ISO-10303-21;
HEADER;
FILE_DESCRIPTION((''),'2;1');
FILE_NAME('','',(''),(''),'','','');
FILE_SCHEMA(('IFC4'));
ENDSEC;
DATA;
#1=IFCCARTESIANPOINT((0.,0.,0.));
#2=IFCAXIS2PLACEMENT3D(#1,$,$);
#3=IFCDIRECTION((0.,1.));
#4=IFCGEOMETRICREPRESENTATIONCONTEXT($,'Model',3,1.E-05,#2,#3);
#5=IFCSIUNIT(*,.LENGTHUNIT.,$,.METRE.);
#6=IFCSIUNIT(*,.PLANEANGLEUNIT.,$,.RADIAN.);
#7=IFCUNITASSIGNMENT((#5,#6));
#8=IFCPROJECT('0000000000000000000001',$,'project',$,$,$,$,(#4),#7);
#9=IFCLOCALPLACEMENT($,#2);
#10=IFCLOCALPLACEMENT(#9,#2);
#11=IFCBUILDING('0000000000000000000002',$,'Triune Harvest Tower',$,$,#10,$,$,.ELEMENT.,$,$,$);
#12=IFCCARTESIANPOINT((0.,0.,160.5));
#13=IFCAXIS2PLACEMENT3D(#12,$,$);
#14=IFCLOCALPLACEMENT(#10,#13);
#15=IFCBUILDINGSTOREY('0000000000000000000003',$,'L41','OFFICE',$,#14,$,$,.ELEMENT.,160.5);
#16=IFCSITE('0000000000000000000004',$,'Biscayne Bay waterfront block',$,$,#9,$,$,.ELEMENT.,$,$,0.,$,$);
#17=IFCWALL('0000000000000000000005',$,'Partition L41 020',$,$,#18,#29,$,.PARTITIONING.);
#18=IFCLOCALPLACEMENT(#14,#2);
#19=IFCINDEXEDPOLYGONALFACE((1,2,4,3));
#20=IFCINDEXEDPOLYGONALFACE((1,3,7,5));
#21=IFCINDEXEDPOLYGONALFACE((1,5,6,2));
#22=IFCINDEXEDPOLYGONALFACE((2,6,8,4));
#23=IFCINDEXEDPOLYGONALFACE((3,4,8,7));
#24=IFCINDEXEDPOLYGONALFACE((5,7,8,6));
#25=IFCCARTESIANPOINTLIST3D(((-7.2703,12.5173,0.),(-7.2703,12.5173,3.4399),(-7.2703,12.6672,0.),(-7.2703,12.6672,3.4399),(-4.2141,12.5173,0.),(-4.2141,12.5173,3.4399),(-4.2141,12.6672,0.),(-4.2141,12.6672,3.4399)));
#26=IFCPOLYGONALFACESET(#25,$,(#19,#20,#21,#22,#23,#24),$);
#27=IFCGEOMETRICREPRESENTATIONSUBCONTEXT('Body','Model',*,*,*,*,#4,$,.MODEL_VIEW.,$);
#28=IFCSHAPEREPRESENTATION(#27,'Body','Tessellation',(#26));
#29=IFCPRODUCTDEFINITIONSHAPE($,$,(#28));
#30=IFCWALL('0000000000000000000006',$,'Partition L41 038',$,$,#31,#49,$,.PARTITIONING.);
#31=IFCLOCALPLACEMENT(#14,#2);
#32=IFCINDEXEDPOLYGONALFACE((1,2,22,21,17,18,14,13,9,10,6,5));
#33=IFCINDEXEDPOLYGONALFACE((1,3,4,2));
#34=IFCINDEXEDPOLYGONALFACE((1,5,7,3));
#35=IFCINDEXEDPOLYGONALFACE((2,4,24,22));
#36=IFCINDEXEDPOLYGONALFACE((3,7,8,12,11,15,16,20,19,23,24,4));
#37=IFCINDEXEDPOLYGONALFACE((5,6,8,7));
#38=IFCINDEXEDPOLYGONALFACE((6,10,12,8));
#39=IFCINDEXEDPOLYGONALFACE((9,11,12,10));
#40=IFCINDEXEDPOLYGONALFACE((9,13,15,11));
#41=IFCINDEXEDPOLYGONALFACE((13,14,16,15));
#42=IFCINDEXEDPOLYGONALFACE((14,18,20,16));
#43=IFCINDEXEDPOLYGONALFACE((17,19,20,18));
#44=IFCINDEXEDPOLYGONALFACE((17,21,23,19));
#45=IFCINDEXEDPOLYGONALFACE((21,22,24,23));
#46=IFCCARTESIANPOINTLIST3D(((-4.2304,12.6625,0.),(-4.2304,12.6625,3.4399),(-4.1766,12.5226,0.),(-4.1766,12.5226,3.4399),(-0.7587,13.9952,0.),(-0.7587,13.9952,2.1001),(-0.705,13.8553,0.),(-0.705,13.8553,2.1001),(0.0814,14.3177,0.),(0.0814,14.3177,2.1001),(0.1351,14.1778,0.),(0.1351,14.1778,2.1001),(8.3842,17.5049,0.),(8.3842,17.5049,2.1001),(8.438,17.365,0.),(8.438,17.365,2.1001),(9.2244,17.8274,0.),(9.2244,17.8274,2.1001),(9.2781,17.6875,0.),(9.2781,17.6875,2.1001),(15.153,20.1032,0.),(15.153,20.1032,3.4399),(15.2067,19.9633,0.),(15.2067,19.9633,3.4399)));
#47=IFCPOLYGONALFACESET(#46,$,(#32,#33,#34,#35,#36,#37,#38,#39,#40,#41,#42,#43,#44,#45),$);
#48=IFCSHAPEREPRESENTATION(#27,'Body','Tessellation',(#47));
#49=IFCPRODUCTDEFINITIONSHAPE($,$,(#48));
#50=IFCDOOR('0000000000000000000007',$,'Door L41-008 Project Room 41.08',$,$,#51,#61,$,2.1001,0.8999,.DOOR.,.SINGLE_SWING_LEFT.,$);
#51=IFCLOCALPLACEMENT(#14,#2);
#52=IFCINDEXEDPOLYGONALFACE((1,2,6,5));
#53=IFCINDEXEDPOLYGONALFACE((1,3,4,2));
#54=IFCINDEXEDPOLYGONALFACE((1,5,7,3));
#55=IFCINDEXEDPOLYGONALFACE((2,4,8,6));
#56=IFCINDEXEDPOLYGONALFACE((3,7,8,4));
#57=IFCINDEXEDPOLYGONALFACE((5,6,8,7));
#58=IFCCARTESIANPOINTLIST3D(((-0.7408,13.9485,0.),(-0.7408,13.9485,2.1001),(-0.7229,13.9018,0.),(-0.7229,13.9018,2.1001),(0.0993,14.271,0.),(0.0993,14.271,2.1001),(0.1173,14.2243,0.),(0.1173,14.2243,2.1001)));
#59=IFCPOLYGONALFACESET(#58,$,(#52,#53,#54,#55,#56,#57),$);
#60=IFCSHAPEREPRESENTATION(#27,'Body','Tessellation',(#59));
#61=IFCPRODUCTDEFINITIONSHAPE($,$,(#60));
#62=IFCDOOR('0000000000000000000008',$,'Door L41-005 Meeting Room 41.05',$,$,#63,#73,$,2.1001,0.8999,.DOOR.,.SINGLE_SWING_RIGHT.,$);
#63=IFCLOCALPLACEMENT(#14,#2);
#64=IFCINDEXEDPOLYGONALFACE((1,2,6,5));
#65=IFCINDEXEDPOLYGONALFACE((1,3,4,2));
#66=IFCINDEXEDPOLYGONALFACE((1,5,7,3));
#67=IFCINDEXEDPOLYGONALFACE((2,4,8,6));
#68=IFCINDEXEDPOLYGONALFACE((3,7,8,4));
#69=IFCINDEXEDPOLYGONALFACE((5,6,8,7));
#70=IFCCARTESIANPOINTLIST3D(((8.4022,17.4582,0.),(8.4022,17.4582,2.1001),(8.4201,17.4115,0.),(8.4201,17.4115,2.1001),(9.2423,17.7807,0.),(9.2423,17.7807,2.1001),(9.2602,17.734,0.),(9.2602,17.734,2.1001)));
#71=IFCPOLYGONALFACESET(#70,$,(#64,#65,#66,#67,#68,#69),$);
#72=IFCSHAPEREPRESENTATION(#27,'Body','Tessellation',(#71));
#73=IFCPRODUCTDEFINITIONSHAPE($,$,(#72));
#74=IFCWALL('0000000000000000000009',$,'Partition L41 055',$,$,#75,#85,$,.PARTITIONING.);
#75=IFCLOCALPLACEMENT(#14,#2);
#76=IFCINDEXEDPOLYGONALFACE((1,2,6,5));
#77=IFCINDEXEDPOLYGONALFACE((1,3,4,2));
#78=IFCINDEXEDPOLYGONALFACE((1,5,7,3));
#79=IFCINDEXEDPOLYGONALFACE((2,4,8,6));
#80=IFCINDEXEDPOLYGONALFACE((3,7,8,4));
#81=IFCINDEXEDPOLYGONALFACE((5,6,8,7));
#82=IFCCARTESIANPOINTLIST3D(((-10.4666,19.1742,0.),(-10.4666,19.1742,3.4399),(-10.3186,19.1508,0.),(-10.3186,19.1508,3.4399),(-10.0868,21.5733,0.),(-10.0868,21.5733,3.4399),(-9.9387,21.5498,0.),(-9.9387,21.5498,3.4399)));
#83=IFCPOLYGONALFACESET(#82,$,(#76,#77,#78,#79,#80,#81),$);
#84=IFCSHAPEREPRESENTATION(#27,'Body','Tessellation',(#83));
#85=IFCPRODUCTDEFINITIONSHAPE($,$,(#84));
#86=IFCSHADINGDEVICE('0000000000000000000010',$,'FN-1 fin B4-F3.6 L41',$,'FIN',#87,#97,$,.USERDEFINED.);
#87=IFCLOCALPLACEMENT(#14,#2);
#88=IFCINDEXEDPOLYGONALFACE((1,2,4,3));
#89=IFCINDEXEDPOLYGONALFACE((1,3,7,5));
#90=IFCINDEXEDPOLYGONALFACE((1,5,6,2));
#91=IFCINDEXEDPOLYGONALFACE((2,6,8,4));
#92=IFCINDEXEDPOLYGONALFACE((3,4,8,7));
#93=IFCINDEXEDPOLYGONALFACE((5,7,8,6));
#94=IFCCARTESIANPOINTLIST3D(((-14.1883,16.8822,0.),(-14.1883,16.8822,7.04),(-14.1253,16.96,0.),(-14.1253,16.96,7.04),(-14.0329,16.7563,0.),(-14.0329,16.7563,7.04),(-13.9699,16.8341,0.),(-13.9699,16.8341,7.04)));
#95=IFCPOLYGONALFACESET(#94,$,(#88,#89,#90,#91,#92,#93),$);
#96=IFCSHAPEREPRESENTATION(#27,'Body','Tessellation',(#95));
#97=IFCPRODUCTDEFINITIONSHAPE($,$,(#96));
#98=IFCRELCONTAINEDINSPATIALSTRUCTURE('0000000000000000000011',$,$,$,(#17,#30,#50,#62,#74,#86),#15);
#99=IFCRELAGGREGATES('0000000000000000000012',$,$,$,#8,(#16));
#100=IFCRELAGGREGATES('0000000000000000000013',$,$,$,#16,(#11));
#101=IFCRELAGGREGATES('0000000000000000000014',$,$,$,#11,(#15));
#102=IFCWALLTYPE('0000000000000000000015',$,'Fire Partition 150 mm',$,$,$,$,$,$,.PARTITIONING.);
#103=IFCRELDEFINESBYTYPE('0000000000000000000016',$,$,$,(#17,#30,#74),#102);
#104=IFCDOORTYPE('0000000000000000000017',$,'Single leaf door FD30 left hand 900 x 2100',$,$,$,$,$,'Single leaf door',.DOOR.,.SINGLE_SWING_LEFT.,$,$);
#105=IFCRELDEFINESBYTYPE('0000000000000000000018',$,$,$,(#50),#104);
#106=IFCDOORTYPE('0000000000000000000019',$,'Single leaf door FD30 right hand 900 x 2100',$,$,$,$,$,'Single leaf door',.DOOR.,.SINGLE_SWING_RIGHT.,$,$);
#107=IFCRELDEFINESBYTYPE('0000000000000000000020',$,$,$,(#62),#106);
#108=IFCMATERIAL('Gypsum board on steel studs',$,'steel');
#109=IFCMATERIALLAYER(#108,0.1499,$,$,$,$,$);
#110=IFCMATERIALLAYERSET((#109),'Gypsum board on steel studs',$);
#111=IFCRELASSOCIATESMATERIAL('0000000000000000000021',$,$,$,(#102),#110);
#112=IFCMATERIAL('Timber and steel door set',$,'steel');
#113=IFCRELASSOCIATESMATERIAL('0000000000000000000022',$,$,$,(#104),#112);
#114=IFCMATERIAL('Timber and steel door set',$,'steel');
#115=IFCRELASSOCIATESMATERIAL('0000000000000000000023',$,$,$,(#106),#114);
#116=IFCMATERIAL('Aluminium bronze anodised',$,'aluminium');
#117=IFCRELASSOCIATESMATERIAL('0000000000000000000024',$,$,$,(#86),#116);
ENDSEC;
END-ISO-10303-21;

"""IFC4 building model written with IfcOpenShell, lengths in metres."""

from ifc_helpers import new_model, si_unit, direction, frame, frame_2d, origin, origin_2d, place, context, subcontext, project, spatial, rectangle, extrude, source, transform, mapped, material, layer, layer_set, type_object, element, fill, save


model = new_model("IFC4")

# Units and contexts
model_context = context("Model", 3, precision=1e-05, world=origin(), true_north=direction((0.0, 1.0)))
body_context = subcontext(model_context, "Body", "Model", "MODEL_VIEW")
ifc_project = project(units=[si_unit("LENGTHUNIT", "METRE"), si_unit("PLANEANGLEUNIT", "RADIAN")], contexts=[model_context])

# Site, building, storey
site_placement = place(None, origin())
site = spatial("IfcSite", under=ifc_project, at=site_placement, Name="Biscayne Bay waterfront block", CompositionType="ELEMENT", RefElevation=0.0)
building_placement = place(site_placement, origin())
building = spatial("IfcBuilding", under=site, at=building_placement, Name="Triune Harvest Tower", CompositionType="ELEMENT")
storey_placement = place(building_placement, frame((0.0, 0.0, 160.5)))
storey = spatial("IfcBuildingStorey", under=building, at=storey_placement, Name="L41", Description="OFFICE", CompositionType="ELEMENT", Elevation=160.5)

# Wall
ifc_material_1 = material(Name="Gypsum board on steel studs", Category="steel")
ifc_layer_1 = layer(ifc_material_1, 0.1499)
ifc_layer_set_1 = layer_set([ifc_layer_1], Name="Gypsum board on steel studs")
wall_type_1 = type_object("IfcWallType", Name="Fire Partition 150 mm", PredefinedType="PARTITIONING", material=ifc_layer_set_1)
shared_shape_1 = source(origin(), body_context, "Body", "SweptSolid", [
    extrude(rectangle(XDim=3.0562, YDim=0.1499, at=frame_2d((1.5281, 0.0))), origin(), (0.0, 0.0, 1.0), 3.4399),
])
wall_1_placement = place(storey_placement, frame((-7.2703, 12.5923, 0.0), z_axis=(0.0, 0.0, 1.0), x_axis=(1.0, 0.0, 0.0)))
element("IfcWall", 1, at=wall_1_placement, inside=storey, type_object=wall_type_1, Name="Partition L41 020", PredefinedType="PARTITIONING", context=body_context, shape_type="MappedRepresentation", body=[
    mapped(shared_shape_1, transform((0.0, 0.0, 0.0), scale=1.0)),
])

# Wall, openings, doors
shared_shape_2 = source(origin(), body_context, "Body", "SweptSolid", [
    extrude(rectangle(XDim=20.7625, YDim=0.1499, at=frame_2d((10.3813, 0.0))), origin(), (0.0, 0.0, 1.0), 3.4399),
])
wall_2_placement = place(storey_placement, frame((-4.2036, 12.5925, 0.0), z_axis=(0.0, 0.0, 1.0), x_axis=(0.933578, 0.358373, 0.0)))
wall_2 = element("IfcWall", 2, at=wall_2_placement, inside=storey, type_object=wall_type_1, Name="Partition L41 038", PredefinedType="PARTITIONING", context=body_context, shape_type="MappedRepresentation", body=[
    mapped(shared_shape_2, transform((0.0, 0.0, 0.0), scale=1.0)),
])
opening_1_placement = place(wall_2_placement, frame((13.5122, 0.0, 0.0)))
opening_1 = element("IfcOpeningElement", 3, at=opening_1_placement, cuts=wall_2, PredefinedType="OPENING", context=body_context, shape_type="SweptSolid", body=[
    extrude(rectangle(XDim=0.8999, YDim=2.1001, at=frame_2d((0.45, 1.05))), frame((0.0, 0.085, 0.0), z_axis=(0.0, -1.0, 0.0), x_axis=(1.0, 0.0, 0.0)), (0.0, 0.0, 1.0), 0.1699),
])
opening_2_placement = place(wall_2_placement, frame((3.7188, 0.0, 0.0)))
opening_2 = element("IfcOpeningElement", 4, at=opening_2_placement, cuts=wall_2, PredefinedType="OPENING", context=body_context, shape_type="SweptSolid", body=[
    extrude(rectangle(XDim=0.8999, YDim=2.1001, at=frame_2d((0.45, 1.05))), frame((0.0, 0.085, 0.0), z_axis=(0.0, -1.0, 0.0), x_axis=(1.0, 0.0, 0.0)), (0.0, 0.0, 1.0), 0.1699),
])
ifc_material_2 = material(Name="Timber and steel door set", Category="steel")
door_type_1 = type_object("IfcDoorType", Name="Single leaf door FD30 left hand 900 x 2100", ElementType="Single leaf door", OperationType="SINGLE_SWING_LEFT", PredefinedType="DOOR", material=ifc_material_2)
door_1_placement = place(opening_2_placement, origin())
door_1 = element("IfcDoor", 5, at=door_1_placement, inside=storey, type_object=door_type_1, Name="Door L41-008 Project Room 41.08", OperationType="SINGLE_SWING_LEFT", OverallHeight=2.1001, OverallWidth=0.8999, PredefinedType="DOOR", context=body_context, shape_type="SweptSolid", body=[
    extrude(rectangle(XDim=0.8999, YDim=2.1001, at=frame_2d((0.45, 1.05))), frame((0.0, 0.0249, 0.0), z_axis=(0.0, -1.0, 0.0), x_axis=(1.0, 0.0, 0.0)), (0.0, 0.0, 1.0), 0.05),
])
fill(opening_2, door_1)
ifc_material_3 = material(Name="Timber and steel door set", Category="steel")
door_type_2 = type_object("IfcDoorType", Name="Single leaf door FD30 right hand 900 x 2100", ElementType="Single leaf door", OperationType="SINGLE_SWING_RIGHT", PredefinedType="DOOR", material=ifc_material_3)
door_2_placement = place(opening_1_placement, origin())
door_2 = element("IfcDoor", 6, at=door_2_placement, inside=storey, type_object=door_type_2, Name="Door L41-005 Meeting Room 41.05", OperationType="SINGLE_SWING_RIGHT", OverallHeight=2.1001, OverallWidth=0.8999, PredefinedType="DOOR", context=body_context, shape_type="SweptSolid", body=[
    extrude(rectangle(XDim=0.8999, YDim=2.1001, at=frame_2d((0.45, 1.05))), frame((0.0, 0.0249, 0.0), z_axis=(0.0, -1.0, 0.0), x_axis=(1.0, 0.0, 0.0)), (0.0, 0.0, 1.0), 0.05),
])
fill(opening_1, door_2)

# Wall
shared_shape_3 = source(origin(), body_context, "Body", "SweptSolid", [
    extrude(rectangle(XDim=2.429, YDim=0.1499, at=frame_2d((1.2144, 0.0))), origin(), (0.0, 0.0, 1.0), 3.4399),
])
wall_3_placement = place(storey_placement, frame((-10.3926, 19.1626, 0.0), z_axis=(0.0, 0.0, 1.0), x_axis=(0.156391, 0.987695, 0.0)))
element("IfcWall", 7, at=wall_3_placement, inside=storey, type_object=wall_type_1, Name="Partition L41 055", PredefinedType="PARTITIONING", context=body_context, shape_type="MappedRepresentation", body=[
    mapped(shared_shape_3, transform((0.0, 0.0, 0.0), scale=1.0)),
])

# Shading device
ifc_material_4 = material(Name="Aluminium bronze anodised", Category="aluminium")
shared_shape_4 = source(origin(), body_context, "Body", "SweptSolid", [
    extrude(rectangle(XDim=0.1001, YDim=0.2, at=origin_2d()), origin(), (0.0, 0.0, 1.0), 7.04),
])
shading_device_placement = place(storey_placement, frame((-14.0791, 16.8582, 0.0), z_axis=(0.0, 0.0, 1.0), x_axis=(-0.629321, -0.777145, 0.0)))
element("IfcShadingDevice", 8, at=shading_device_placement, inside=storey, material=ifc_material_4, Name="FN-1 fin B4-F3.6 L41", ObjectType="FIN", PredefinedType="USERDEFINED", context=body_context, shape_type="MappedRepresentation", body=[
    mapped(shared_shape_4, transform((0.0, 0.0, 0.0), scale=1.0)),
])

save(model, "model.ifc")
